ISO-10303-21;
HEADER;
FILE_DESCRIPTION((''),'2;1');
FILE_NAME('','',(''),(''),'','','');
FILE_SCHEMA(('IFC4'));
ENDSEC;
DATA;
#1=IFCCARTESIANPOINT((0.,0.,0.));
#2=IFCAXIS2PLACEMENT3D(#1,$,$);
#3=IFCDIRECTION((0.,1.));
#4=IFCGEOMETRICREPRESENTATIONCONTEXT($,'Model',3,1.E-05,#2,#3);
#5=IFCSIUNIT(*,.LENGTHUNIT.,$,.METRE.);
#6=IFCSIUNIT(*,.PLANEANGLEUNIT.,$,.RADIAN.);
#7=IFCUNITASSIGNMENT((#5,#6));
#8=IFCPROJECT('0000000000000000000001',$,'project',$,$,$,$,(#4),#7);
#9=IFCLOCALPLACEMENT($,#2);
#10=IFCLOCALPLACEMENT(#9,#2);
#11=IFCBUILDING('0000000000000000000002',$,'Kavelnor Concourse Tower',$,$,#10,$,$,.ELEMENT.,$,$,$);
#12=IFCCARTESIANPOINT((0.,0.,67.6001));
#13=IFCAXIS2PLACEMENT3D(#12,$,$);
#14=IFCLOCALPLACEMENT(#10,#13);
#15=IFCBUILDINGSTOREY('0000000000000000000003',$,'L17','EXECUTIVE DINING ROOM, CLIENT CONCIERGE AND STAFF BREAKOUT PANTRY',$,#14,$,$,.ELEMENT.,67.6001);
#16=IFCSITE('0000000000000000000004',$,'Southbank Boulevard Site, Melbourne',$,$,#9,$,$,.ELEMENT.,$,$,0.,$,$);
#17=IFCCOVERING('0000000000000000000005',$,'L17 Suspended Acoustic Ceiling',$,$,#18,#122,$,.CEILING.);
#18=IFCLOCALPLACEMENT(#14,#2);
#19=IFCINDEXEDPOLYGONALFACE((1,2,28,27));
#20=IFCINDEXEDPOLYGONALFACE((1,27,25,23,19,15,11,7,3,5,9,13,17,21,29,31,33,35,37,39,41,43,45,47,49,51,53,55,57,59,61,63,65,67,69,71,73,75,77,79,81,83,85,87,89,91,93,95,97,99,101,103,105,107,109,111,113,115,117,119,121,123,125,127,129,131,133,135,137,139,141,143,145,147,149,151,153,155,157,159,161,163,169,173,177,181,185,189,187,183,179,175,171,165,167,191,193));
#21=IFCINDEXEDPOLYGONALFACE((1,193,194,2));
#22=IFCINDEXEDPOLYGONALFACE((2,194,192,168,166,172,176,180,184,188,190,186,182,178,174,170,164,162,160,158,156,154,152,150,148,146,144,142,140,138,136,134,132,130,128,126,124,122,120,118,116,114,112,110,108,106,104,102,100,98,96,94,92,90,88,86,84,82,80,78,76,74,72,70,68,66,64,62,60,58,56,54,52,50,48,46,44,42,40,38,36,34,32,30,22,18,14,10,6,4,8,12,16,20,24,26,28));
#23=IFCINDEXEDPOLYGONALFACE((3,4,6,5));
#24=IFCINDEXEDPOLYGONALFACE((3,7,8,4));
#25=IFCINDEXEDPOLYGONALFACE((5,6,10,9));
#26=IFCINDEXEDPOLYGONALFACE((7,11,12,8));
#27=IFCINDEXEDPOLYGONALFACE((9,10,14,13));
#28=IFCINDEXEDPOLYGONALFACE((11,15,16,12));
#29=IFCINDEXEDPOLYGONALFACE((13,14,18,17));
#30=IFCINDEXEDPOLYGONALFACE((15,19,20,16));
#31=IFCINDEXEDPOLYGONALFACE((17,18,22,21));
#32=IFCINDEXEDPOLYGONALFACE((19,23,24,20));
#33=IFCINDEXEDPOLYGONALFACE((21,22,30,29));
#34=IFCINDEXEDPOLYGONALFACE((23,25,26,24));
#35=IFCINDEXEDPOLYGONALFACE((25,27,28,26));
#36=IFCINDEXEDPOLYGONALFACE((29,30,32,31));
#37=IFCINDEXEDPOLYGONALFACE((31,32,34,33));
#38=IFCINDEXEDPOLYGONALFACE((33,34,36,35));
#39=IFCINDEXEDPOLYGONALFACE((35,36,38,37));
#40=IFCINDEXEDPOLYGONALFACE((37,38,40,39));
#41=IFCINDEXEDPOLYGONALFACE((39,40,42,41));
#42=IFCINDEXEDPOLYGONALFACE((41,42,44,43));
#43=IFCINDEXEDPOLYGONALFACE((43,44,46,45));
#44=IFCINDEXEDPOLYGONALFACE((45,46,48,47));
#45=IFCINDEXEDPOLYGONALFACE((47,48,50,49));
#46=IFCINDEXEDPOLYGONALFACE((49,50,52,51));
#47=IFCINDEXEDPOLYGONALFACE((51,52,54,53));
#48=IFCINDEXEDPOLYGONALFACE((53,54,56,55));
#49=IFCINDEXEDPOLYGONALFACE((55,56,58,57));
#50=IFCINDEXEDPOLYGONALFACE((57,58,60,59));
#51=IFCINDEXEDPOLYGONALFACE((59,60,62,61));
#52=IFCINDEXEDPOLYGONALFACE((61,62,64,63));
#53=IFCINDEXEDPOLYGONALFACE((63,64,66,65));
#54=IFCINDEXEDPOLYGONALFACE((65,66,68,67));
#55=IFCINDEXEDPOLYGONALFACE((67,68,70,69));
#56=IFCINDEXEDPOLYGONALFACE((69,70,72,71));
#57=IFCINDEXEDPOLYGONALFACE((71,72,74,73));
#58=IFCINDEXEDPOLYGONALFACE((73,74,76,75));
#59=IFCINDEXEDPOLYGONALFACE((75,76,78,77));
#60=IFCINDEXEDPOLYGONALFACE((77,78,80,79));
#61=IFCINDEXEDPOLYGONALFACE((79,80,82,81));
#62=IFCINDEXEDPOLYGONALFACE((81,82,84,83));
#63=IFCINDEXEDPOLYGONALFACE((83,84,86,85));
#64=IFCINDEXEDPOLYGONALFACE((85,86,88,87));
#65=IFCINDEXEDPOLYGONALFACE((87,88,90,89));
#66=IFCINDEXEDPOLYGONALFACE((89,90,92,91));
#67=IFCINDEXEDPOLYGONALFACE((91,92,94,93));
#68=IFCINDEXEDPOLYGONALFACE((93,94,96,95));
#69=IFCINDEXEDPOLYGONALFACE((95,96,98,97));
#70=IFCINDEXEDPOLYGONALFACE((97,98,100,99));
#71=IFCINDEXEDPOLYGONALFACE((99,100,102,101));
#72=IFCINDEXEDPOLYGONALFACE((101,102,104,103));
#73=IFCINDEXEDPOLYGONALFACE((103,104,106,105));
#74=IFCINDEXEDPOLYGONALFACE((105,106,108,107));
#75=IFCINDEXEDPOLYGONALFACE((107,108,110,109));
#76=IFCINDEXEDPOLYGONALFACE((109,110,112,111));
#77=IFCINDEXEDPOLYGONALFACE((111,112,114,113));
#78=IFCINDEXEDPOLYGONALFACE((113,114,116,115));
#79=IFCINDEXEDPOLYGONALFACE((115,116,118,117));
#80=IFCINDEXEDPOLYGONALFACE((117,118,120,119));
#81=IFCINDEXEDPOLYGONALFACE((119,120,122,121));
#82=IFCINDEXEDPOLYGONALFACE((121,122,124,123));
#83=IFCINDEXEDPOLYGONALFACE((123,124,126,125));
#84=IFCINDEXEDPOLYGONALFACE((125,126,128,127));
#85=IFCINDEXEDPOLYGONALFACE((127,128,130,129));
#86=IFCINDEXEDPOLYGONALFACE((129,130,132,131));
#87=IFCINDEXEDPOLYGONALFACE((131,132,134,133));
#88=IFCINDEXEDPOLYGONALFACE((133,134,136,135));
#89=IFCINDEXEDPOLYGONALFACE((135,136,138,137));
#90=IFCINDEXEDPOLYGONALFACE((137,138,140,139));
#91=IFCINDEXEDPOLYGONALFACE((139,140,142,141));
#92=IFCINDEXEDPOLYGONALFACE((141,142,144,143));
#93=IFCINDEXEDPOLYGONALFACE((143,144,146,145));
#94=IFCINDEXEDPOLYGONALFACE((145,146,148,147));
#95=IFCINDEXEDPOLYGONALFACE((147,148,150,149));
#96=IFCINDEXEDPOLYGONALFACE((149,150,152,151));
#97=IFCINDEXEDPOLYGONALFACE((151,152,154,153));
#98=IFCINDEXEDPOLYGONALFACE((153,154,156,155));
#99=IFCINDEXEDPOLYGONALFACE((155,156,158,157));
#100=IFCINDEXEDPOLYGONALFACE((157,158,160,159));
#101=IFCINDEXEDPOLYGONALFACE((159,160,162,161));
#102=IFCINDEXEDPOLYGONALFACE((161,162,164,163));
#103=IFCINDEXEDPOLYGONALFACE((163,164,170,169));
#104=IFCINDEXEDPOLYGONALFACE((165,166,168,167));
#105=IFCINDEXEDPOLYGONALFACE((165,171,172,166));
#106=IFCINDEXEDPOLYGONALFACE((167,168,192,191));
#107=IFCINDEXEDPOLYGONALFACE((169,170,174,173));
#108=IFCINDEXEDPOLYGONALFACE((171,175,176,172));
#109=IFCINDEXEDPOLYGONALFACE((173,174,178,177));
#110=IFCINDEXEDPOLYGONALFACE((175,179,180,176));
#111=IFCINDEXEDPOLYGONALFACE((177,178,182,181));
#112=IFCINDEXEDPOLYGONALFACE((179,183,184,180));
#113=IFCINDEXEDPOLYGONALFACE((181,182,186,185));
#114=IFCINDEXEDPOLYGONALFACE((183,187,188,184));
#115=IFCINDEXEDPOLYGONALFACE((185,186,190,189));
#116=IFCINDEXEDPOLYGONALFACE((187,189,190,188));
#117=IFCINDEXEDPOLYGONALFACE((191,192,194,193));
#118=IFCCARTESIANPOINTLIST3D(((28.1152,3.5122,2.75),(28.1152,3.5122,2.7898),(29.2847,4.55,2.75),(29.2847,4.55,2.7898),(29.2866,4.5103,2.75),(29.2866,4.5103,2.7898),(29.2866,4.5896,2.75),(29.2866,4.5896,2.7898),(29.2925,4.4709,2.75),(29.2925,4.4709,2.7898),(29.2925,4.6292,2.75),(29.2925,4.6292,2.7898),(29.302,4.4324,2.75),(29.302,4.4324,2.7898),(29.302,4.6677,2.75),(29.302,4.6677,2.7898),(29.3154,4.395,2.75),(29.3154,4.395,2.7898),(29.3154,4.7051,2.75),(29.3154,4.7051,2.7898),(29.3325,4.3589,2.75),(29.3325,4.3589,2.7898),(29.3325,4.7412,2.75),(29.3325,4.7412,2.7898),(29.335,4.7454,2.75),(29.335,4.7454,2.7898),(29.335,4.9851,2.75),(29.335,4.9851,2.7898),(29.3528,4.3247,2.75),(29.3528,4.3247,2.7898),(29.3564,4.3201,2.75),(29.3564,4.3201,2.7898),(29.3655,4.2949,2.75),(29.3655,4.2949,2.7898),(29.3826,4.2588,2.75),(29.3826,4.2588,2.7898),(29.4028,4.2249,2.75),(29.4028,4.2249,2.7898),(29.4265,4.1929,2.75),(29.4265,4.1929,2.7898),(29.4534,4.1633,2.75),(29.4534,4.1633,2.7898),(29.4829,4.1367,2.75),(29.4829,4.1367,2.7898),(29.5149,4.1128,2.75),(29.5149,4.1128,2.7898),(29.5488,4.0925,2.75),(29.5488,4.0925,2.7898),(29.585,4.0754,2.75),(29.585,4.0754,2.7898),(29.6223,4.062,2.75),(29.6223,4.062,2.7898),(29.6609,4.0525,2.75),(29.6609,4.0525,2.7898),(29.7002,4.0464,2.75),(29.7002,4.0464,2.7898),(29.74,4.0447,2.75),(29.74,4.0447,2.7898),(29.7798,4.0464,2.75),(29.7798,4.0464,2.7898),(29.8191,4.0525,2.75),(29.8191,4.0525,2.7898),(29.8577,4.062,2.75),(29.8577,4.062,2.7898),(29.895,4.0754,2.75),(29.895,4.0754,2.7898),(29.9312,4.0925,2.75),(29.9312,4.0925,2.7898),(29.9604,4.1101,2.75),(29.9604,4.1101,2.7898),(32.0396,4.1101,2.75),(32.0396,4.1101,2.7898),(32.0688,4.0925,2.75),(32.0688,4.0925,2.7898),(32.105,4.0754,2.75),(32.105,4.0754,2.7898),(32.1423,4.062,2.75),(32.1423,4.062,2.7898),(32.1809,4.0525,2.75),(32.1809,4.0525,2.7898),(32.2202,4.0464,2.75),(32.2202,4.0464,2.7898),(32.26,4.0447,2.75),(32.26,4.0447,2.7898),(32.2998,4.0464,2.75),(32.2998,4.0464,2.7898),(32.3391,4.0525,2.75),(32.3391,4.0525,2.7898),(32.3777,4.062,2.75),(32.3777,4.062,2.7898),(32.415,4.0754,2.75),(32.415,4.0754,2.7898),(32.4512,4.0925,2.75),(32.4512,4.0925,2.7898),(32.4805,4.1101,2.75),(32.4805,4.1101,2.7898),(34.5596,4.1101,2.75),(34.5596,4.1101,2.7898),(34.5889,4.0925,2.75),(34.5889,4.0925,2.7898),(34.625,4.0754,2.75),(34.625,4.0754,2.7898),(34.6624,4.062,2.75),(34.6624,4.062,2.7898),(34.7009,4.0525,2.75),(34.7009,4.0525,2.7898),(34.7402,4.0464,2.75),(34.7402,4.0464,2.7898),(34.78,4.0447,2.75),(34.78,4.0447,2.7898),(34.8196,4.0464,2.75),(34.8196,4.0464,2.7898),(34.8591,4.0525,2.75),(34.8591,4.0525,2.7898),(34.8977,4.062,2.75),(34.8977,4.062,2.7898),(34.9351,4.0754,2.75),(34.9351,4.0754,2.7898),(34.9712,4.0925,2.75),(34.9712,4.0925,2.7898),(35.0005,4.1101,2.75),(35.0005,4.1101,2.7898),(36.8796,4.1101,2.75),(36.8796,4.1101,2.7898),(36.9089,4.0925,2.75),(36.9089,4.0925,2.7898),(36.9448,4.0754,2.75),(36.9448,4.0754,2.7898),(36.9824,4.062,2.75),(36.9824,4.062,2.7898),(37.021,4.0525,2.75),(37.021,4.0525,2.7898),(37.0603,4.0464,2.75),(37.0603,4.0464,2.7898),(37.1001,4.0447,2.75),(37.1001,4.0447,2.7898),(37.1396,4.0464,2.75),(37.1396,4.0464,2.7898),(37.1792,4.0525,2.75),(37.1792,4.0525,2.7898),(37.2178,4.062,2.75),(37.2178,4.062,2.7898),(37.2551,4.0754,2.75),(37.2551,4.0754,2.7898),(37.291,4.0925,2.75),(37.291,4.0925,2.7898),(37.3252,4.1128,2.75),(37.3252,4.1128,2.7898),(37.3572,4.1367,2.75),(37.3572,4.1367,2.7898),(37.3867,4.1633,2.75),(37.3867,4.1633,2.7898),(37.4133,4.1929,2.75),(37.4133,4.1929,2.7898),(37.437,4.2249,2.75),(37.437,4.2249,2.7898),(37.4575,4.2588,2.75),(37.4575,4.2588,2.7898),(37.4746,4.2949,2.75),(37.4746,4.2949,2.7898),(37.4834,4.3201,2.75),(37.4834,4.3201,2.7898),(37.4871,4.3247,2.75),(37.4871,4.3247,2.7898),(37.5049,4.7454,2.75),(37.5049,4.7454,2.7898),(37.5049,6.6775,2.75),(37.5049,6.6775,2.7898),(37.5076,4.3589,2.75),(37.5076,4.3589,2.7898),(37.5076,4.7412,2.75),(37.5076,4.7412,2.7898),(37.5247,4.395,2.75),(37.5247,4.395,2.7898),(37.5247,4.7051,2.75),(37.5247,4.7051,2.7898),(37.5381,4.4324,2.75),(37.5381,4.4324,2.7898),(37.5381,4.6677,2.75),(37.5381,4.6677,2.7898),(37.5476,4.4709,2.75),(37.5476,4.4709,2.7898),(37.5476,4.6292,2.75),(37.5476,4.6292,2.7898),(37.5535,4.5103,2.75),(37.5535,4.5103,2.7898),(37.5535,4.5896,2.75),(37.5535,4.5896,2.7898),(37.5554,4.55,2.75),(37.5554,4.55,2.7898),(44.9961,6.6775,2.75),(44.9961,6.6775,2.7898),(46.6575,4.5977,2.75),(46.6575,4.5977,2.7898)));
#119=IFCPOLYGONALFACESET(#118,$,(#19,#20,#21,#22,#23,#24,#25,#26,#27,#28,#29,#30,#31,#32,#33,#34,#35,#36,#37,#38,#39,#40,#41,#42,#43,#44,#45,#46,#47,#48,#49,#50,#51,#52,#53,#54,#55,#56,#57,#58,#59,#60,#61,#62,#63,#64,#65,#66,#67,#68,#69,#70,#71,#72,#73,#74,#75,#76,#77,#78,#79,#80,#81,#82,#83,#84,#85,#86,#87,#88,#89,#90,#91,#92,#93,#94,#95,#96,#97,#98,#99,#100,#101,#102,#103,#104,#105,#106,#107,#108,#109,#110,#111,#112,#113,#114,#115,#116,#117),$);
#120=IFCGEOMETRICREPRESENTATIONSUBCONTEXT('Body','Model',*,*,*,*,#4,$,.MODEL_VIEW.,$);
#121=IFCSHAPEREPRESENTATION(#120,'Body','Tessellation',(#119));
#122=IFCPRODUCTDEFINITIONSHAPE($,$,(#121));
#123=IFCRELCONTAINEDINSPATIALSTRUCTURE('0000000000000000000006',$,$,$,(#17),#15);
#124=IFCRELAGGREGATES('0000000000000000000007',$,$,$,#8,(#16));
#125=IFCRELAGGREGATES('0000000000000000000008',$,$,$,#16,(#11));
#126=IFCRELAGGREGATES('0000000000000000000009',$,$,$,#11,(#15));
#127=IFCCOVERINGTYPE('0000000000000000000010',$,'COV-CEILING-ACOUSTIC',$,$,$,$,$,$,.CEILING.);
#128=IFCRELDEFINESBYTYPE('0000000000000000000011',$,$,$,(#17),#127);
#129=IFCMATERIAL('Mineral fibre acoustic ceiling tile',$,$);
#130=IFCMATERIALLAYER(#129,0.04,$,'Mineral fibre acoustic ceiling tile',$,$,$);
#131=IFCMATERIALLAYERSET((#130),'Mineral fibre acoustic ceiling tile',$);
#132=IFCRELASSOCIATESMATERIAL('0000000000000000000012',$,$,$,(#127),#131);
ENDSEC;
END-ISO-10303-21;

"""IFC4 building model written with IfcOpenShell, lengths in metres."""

from ifc_helpers import new_model, si_unit, direction, frame, origin, place, context, subcontext, project, spatial, polyline, outline, extrude, material, layer, layer_set, type_object, element, save


model = new_model("IFC4")

# Units and contexts
model_context = context("Model", 3, precision=1e-05, world=origin(), true_north=direction((0.0, 1.0)))
body_context = subcontext(model_context, "Body", "Model", "MODEL_VIEW")
ifc_project = project(units=[si_unit("LENGTHUNIT", "METRE"), si_unit("PLANEANGLEUNIT", "RADIAN")], contexts=[model_context])

# Site, building, storey
site_placement = place(None, origin())
site = spatial("IfcSite", under=ifc_project, at=site_placement, Name="Southbank Boulevard Site, Melbourne", CompositionType="ELEMENT", RefElevation=0.0)
building_placement = place(site_placement, origin())
building = spatial("IfcBuilding", under=site, at=building_placement, Name="Kavelnor Concourse Tower", CompositionType="ELEMENT")
storey_placement = place(building_placement, frame((0.0, 0.0, 67.6001)))
storey = spatial("IfcBuildingStorey", under=building, at=storey_placement, Name="L17", Description="EXECUTIVE DINING ROOM, CLIENT CONCIERGE AND STAFF BREAKOUT PANTRY", CompositionType="ELEMENT", Elevation=67.6001)

# Covering
ifc_material_1 = material(Name="Mineral fibre acoustic ceiling tile")
ifc_layer_1 = layer(ifc_material_1, 0.04, Name="Mineral fibre acoustic ceiling tile")
ifc_layer_set_1 = layer_set([ifc_layer_1], Name="Mineral fibre acoustic ceiling tile")
covering_type_1 = type_object("IfcCoveringType", Name="COV-CEILING-ACOUSTIC", PredefinedType="CEILING", material=ifc_layer_set_1)
covering_1_placement = place(storey_placement, frame((0.0, 0.0, 2.75)))
element("IfcCovering", 1, at=covering_1_placement, inside=storey, type_object=covering_type_1, Name="L17 Suspended Acoustic Ceiling", PredefinedType="CEILING", context=body_context, shape_type="SweptSolid", body=[
    extrude(outline(polyline([(29.3325, 4.7412), (29.3154, 4.7051), (29.302, 4.6677), (29.2925, 4.6292), (29.2866, 4.5896), (29.2847, 4.55), (29.2866, 4.5103), (29.2925, 4.4709), (29.302, 4.4324), (29.3154, 4.395), (29.3325, 4.3589), (29.3528, 4.3247), (29.3564, 4.3201), (29.3655, 4.2949), (29.3826, 4.2588), (29.4028, 4.2249), (29.4265, 4.1929), (29.4534, 4.1633), (29.4829, 4.1367), (29.5149, 4.1128), (29.5488, 4.0925), (29.585, 4.0754), (29.6223, 4.062), (29.6609, 4.0525), (29.7002, 4.0464), (29.74, 4.0447), (29.7798, 4.0464), (29.8191, 4.0525), (29.8577, 4.062), (29.895, 4.0754), (29.9312, 4.0925), (29.9604, 4.1101), (32.0396, 4.1101), (32.0688, 4.0925), (32.105, 4.0754), (32.1423, 4.062), (32.1809, 4.0525), (32.2202, 4.0464), (32.26, 4.0447), (32.2998, 4.0464), (32.3391, 4.0525), (32.3777, 4.062), (32.415, 4.0754), (32.4512, 4.0925), (32.4805, 4.1101), (34.5596, 4.1101), (34.5889, 4.0925), (34.625, 4.0754), (34.6624, 4.062), (34.7009, 4.0525), (34.7402, 4.0464), (34.78, 4.0447), (34.8196, 4.0464), (34.8591, 4.0525), (34.8977, 4.062), (34.9351, 4.0754), (34.9712, 4.0925), (35.0005, 4.1101), (36.8796, 4.1101), (36.9089, 4.0925), (36.9448, 4.0754), (36.9824, 4.062), (37.021, 4.0525), (37.0603, 4.0464), (37.1001, 4.0447), (37.1396, 4.0464), (37.1792, 4.0525), (37.2178, 4.062), (37.2551, 4.0754), (37.291, 4.0925), (37.3252, 4.1128), (37.3572, 4.1367), (37.3867, 4.1633), (37.4133, 4.1929), (37.437, 4.2249), (37.4575, 4.2588), (37.4746, 4.2949), (37.4834, 4.3201), (37.4871, 4.3247), (37.5076, 4.3589), (37.5247, 4.395), (37.5381, 4.4324), (37.5476, 4.4709), (37.5535, 4.5103), (37.5554, 4.55), (37.5535, 4.5896), (37.5476, 4.6292), (37.5381, 4.6677), (37.5247, 4.7051), (37.5076, 4.7412), (37.5049, 4.7454), (37.5049, 6.6775), (44.9961, 6.6775), (46.6575, 4.5977), (28.1152, 3.5122), (29.335, 4.9851), (29.335, 4.7454), (29.3325, 4.7412)])), origin(), (0.0, 0.0, 1.0), 0.0398),
])

save(model, "model.ifc")
